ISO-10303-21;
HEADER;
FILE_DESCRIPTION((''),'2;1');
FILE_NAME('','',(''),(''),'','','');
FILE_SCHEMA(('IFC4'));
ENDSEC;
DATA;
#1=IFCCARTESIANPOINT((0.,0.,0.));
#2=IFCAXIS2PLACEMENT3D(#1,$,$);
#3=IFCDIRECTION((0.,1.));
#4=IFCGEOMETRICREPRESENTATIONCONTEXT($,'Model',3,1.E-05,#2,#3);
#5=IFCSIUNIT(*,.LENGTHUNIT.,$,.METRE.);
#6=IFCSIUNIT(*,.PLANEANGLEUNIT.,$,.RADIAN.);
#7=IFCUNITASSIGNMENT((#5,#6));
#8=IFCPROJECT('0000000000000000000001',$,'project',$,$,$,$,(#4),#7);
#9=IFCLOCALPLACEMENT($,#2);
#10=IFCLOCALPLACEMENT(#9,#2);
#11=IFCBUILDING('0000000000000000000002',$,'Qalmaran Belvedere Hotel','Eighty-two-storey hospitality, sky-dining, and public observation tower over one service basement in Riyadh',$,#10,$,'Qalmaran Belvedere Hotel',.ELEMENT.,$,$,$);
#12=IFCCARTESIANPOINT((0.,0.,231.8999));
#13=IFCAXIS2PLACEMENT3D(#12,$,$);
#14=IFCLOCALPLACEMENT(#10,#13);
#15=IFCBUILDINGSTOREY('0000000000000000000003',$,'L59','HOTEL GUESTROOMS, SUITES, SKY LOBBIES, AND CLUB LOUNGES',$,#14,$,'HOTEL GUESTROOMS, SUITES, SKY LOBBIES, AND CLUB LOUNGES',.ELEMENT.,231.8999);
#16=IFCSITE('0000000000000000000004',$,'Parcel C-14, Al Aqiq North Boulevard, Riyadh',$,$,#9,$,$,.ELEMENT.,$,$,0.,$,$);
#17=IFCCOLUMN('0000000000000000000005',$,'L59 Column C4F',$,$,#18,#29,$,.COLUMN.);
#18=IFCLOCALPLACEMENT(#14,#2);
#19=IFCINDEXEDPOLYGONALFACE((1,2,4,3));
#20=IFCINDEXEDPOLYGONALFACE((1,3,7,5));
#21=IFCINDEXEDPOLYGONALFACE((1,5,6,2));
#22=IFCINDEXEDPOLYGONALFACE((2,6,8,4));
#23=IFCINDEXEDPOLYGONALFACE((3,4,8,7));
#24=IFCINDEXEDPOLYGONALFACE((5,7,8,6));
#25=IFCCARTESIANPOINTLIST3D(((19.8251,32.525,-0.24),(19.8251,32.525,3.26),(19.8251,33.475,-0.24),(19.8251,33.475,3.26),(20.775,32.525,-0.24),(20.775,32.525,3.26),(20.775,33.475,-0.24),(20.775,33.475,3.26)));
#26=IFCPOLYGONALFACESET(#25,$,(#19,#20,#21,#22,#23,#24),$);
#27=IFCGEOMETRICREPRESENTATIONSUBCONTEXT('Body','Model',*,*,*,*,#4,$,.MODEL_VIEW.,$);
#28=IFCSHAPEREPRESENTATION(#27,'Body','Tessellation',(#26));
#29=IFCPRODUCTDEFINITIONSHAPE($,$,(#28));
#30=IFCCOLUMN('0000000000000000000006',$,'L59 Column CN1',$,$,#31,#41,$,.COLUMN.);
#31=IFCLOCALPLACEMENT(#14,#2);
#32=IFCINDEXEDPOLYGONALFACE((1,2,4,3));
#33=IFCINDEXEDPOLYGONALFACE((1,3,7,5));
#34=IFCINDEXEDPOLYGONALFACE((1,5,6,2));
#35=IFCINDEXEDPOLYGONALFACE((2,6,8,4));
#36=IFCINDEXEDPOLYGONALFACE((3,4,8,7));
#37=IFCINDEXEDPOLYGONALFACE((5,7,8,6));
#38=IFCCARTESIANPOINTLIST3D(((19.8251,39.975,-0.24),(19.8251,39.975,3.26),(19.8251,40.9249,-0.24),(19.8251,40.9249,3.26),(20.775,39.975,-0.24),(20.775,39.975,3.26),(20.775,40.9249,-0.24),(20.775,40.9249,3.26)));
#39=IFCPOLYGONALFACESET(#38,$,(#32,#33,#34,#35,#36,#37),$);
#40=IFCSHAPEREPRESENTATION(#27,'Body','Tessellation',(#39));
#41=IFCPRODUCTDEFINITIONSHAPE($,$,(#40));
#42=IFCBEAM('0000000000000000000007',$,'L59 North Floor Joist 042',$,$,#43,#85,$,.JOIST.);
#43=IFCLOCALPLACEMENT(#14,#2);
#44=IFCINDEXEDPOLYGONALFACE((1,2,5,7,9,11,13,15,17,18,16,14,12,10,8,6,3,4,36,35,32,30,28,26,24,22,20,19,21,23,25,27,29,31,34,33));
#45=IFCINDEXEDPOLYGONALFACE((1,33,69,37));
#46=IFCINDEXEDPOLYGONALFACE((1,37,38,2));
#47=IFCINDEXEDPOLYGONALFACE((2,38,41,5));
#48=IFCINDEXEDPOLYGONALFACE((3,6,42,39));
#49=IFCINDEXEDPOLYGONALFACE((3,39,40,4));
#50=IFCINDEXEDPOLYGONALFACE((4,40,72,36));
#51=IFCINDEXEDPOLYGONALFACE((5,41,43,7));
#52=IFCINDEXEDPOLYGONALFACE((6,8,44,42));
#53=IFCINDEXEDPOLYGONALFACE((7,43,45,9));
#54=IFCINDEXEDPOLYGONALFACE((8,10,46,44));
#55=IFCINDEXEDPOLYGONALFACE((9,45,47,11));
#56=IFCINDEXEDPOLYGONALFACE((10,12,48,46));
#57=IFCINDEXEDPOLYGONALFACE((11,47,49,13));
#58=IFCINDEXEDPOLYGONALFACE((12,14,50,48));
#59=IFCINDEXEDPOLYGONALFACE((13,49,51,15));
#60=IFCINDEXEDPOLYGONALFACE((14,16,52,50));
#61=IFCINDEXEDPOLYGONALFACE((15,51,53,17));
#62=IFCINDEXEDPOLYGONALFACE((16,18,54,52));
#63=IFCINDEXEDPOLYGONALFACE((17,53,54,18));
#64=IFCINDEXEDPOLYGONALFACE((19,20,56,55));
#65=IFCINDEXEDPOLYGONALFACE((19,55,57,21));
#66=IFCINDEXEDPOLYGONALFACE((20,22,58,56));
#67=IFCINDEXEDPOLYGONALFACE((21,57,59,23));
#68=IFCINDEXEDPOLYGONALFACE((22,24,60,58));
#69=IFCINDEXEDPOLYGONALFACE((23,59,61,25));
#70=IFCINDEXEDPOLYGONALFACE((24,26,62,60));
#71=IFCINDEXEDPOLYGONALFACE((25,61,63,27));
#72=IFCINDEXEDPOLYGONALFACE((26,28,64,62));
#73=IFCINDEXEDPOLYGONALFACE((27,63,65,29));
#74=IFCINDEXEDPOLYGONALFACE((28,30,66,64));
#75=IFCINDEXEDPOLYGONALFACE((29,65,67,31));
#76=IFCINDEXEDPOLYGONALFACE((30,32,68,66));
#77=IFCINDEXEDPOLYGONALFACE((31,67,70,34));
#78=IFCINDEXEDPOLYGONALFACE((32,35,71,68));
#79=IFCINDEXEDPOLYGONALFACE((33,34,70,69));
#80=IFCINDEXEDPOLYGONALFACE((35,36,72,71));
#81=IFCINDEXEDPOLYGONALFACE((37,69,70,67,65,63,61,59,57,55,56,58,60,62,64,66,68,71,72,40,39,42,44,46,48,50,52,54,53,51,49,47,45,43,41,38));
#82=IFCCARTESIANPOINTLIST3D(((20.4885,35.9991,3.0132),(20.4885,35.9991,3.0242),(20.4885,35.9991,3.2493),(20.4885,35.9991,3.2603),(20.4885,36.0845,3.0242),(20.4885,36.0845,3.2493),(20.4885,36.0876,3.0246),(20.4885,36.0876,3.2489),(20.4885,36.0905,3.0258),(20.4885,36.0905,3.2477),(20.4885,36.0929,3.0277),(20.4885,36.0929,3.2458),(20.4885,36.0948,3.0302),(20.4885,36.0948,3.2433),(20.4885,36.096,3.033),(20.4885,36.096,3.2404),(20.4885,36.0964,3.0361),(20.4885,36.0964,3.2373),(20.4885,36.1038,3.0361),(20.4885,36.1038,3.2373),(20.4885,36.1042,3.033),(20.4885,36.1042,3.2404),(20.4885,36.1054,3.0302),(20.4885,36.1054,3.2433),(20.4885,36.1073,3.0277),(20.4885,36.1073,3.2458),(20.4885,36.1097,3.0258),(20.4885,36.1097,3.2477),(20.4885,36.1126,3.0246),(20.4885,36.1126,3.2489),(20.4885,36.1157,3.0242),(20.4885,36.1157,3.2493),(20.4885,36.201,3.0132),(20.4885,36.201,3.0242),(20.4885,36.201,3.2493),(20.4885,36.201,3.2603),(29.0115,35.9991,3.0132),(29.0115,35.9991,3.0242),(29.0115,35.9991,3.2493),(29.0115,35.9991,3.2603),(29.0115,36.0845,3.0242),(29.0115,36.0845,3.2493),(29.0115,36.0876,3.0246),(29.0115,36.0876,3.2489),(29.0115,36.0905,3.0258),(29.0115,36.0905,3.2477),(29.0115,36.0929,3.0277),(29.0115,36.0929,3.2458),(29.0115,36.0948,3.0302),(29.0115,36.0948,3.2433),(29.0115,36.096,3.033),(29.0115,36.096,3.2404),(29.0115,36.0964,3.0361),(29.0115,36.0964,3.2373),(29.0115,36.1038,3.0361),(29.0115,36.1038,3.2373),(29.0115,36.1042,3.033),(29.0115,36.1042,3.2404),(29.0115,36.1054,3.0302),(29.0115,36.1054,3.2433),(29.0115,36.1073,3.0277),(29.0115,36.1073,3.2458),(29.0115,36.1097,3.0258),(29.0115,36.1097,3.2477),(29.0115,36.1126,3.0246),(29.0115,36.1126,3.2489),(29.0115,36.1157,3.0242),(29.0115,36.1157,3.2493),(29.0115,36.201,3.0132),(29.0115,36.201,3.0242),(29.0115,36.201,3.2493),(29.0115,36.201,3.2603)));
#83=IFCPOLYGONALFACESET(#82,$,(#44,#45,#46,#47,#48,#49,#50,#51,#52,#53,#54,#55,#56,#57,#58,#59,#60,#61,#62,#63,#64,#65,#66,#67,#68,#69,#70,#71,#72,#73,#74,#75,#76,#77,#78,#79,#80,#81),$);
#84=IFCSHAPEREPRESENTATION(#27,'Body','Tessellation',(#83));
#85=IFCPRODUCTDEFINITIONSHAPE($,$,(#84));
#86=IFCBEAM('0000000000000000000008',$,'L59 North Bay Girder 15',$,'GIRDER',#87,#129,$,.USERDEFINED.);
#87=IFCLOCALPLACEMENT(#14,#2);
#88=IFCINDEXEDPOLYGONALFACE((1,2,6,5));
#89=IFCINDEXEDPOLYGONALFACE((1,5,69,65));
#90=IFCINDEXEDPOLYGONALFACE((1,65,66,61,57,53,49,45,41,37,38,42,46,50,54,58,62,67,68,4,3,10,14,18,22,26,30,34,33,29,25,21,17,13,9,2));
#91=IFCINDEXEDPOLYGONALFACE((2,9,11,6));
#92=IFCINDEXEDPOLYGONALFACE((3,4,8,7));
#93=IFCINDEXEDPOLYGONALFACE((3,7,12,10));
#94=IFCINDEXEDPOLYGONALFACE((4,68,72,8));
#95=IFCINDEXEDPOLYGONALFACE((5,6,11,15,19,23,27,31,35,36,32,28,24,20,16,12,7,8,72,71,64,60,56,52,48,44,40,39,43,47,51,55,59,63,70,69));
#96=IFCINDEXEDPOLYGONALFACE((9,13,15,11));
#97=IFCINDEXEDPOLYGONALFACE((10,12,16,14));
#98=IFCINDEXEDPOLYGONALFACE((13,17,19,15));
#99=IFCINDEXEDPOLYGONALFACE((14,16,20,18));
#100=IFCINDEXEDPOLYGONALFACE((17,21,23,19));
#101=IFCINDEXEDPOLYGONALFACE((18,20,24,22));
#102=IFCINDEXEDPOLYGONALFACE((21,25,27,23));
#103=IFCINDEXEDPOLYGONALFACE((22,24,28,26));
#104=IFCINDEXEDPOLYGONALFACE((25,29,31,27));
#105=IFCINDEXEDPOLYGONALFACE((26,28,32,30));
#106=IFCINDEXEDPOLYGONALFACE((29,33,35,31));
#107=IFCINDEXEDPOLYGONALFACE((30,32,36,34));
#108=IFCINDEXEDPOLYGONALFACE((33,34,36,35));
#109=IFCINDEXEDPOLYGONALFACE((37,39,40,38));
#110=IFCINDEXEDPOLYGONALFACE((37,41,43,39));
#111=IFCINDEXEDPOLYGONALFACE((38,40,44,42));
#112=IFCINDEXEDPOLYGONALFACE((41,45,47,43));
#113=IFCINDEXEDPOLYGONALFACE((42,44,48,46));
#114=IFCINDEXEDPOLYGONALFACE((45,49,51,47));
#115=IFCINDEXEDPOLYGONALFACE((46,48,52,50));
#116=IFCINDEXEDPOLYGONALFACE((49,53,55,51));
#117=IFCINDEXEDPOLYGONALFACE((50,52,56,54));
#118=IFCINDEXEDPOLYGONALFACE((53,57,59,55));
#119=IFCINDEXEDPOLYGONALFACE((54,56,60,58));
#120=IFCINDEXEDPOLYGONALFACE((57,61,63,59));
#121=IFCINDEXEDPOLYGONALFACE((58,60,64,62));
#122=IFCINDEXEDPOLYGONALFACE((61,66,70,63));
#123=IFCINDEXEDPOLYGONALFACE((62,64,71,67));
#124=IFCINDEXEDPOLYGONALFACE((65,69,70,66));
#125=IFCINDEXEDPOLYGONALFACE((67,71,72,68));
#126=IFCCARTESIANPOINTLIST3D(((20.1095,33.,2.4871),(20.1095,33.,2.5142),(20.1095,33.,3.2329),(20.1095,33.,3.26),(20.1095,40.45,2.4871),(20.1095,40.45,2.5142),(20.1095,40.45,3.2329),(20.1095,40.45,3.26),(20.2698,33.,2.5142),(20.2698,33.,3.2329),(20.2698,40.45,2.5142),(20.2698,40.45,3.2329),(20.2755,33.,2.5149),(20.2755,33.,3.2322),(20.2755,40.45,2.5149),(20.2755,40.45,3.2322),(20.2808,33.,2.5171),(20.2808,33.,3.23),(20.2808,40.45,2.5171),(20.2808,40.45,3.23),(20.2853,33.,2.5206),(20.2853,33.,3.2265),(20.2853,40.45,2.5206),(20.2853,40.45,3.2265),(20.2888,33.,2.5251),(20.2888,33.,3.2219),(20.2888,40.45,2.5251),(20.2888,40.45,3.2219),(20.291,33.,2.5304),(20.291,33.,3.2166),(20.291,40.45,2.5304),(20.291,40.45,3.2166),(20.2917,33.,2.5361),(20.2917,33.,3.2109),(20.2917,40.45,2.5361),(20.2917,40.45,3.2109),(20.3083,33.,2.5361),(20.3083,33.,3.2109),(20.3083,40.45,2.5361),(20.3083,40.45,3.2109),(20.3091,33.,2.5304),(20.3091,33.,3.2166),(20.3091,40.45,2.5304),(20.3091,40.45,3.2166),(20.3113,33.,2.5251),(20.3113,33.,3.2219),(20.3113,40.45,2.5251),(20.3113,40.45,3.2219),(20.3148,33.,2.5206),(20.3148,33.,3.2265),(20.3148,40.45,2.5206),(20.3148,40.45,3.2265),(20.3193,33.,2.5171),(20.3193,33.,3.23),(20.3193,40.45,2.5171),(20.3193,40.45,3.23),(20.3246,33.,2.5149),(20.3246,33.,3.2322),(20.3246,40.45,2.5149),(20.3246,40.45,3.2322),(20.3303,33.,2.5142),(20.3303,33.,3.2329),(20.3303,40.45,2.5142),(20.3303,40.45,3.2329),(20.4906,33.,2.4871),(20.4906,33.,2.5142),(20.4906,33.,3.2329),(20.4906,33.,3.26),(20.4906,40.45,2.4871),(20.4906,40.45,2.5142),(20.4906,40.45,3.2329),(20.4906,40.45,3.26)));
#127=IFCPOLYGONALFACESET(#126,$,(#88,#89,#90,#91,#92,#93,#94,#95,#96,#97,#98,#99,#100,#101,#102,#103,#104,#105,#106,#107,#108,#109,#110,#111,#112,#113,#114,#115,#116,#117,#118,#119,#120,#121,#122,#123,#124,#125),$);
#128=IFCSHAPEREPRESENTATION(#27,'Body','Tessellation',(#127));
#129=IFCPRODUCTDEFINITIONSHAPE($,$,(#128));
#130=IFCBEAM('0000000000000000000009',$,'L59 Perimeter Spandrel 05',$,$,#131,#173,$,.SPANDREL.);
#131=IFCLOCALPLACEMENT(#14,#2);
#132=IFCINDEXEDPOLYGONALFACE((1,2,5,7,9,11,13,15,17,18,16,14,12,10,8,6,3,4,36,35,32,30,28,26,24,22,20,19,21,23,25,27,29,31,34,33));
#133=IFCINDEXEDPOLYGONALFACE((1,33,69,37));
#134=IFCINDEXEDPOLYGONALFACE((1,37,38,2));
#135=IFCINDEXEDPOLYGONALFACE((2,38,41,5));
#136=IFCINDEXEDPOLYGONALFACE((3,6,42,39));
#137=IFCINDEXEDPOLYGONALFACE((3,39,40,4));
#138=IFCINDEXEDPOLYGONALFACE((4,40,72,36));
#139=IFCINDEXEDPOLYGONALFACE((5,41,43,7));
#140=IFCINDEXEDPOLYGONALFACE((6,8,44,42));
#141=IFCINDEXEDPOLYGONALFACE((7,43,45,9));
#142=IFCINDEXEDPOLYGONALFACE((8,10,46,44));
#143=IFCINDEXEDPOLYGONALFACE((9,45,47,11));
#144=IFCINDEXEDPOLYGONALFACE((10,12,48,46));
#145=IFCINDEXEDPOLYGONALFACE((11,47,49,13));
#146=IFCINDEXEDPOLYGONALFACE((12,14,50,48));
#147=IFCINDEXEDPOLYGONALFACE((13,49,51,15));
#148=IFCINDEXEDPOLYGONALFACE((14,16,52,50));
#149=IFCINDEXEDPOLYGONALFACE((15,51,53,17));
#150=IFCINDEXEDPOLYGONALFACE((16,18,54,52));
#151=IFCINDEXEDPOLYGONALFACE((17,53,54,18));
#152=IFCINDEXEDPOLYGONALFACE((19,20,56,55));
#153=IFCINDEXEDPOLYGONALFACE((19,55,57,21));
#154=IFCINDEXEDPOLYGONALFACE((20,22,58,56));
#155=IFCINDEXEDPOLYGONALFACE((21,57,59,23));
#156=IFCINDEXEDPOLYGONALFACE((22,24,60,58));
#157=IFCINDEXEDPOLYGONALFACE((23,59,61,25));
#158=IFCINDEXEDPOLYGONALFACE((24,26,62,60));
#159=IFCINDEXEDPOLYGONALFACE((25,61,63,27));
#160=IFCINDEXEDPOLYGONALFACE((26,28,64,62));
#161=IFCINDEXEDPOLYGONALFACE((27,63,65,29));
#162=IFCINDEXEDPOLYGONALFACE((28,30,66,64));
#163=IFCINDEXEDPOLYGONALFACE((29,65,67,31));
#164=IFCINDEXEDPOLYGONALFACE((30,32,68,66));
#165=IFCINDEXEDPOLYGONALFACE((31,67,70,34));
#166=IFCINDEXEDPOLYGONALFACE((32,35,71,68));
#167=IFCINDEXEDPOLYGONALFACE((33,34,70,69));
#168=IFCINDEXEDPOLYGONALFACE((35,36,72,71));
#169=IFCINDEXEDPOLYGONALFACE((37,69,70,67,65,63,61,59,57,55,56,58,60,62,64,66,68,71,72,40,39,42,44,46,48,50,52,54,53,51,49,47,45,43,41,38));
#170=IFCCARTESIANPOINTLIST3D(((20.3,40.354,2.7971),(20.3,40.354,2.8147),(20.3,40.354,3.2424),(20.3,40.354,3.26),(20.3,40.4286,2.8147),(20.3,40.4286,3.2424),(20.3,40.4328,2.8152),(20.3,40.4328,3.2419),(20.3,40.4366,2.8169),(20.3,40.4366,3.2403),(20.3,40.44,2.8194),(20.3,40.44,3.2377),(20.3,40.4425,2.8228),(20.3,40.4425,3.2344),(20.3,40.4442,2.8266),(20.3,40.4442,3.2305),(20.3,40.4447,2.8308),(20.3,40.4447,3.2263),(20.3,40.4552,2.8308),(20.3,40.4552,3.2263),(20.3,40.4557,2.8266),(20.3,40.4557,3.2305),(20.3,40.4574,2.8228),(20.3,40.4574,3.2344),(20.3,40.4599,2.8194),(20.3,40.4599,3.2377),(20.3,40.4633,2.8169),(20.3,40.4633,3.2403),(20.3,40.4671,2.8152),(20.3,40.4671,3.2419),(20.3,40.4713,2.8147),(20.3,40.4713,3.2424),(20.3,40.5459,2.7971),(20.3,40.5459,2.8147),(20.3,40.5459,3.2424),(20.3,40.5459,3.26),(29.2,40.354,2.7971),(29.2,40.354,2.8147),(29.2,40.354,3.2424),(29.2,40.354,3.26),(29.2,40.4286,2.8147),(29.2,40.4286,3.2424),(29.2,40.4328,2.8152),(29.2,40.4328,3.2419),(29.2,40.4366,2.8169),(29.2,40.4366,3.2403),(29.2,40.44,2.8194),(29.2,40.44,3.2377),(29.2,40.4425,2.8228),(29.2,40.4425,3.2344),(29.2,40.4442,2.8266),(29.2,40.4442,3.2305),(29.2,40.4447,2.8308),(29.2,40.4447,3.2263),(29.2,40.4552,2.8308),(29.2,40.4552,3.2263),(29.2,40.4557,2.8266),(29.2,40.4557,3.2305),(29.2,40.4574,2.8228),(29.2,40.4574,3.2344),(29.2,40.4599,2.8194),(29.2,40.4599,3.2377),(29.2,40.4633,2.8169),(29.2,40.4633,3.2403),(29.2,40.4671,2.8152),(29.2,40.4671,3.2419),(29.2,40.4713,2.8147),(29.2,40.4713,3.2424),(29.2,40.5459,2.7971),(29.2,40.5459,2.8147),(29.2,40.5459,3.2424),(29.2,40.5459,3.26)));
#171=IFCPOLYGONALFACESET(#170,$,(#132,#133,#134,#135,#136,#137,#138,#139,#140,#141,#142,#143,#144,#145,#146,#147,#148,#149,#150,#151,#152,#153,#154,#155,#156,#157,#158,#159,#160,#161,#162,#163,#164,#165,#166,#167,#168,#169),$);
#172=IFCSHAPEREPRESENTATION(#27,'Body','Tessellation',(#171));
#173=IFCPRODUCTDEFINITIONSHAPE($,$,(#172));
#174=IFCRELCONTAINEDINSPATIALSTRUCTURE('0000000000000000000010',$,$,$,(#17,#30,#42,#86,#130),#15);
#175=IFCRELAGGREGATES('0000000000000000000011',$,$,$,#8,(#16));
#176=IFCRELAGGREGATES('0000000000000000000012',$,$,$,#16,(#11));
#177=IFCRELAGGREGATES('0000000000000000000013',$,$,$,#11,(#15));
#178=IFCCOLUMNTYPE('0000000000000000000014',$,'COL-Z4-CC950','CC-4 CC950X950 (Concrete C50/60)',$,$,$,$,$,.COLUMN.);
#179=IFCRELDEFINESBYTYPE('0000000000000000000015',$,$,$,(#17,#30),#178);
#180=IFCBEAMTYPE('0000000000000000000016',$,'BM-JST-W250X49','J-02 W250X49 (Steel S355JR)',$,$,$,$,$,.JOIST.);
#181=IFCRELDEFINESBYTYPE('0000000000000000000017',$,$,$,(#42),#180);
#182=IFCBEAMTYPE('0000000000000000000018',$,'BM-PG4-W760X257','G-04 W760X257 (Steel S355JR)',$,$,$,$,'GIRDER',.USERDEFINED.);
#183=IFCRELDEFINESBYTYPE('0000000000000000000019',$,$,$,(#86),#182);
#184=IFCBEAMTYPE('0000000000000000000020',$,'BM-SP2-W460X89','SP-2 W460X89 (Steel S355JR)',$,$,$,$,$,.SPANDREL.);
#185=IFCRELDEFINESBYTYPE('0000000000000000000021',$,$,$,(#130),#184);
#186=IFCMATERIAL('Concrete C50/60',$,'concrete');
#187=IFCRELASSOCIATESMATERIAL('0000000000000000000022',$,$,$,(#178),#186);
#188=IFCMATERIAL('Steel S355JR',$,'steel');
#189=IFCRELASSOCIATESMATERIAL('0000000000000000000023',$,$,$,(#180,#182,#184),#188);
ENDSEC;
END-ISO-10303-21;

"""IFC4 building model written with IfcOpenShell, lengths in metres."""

from ifc_helpers import new_model, si_unit, direction, frame, origin, origin_2d, place, context, subcontext, project, spatial, rectangle, i_section, extrude, material, material_profile, profile_set, type_object, element, save


model = new_model("IFC4")

# Units and contexts
model_context = context("Model", 3, precision=1e-05, world=origin(), true_north=direction((0.0, 1.0)))
body_context = subcontext(model_context, "Body", "Model", "MODEL_VIEW")
ifc_project = project(units=[si_unit("LENGTHUNIT", "METRE"), si_unit("PLANEANGLEUNIT", "RADIAN")], contexts=[model_context])

# Site, building, storey
site_placement = place(None, origin())
site = spatial("IfcSite", under=ifc_project, at=site_placement, Name="Parcel C-14, Al Aqiq North Boulevard, Riyadh", CompositionType="ELEMENT", RefElevation=0.0)
building_placement = place(site_placement, origin())
building = spatial("IfcBuilding", under=site, at=building_placement, Name="Qalmaran Belvedere Hotel", Description="Eighty-two-storey hospitality, sky-dining, and public observation tower over one service basement in Riyadh", LongName="Qalmaran Belvedere Hotel", CompositionType="ELEMENT")
storey_placement = place(building_placement, frame((0.0, 0.0, 231.8999)))
storey = spatial("IfcBuildingStorey", under=building, at=storey_placement, Name="L59", Description="HOTEL GUESTROOMS, SUITES, SKY LOBBIES, AND CLUB LOUNGES", LongName="HOTEL GUESTROOMS, SUITES, SKY LOBBIES, AND CLUB LOUNGES", CompositionType="ELEMENT", Elevation=231.8999)

# Columns
ifc_material_1 = material(Name="Concrete C50/60", Category="concrete")
ifc_material_profile_1 = material_profile(ifc_material_1, rectangle(XDim=0.95, YDim=0.95, at=origin_2d()), Name="CC950X950")
ifc_profile_set_1 = profile_set([ifc_material_profile_1], Name="Concrete C50/60")
column_type = type_object("IfcColumnType", Name="COL-Z4-CC950", Description="CC-4 CC950X950 (Concrete C50/60)", PredefinedType="COLUMN", material=ifc_profile_set_1)
for number, where, z_axis, x_axis, name in (
    (1, (20.3, 33.0, -0.24), (0.0, 0.0, 1.0), (1.0, 0.0, 0.0), "L59 Column C4F"),
    (2, (20.3, 40.45, -0.24), (0.0, 0.0, 1.0), (1.0, 0.0, 0.0), "L59 Column CN1"),
):
    element("IfcColumn", number, at=place(storey_placement, frame(where, z_axis=z_axis, x_axis=x_axis)), inside=storey, type_object=column_type, Name=name, PredefinedType="COLUMN", context=body_context, shape_type="SweptSolid", body=[
        extrude(rectangle(XDim=0.95, YDim=0.95, at=origin_2d()), origin(), (0.0, 0.0, 1.0), 3.5),
    ])

# Beams
ifc_material_2 = material(Name="Steel S355JR", Category="steel")
ifc_material_profile_2 = material_profile(ifc_material_2, i_section(OverallWidth=0.2019, OverallDepth=0.2471, WebThickness=0.0073, FlangeThickness=0.011, FilletRadius=0.012, at=origin_2d()), Name="W250X49")
ifc_profile_set_2 = profile_set([ifc_material_profile_2], Name="Steel S355JR")
beam_type_1 = type_object("IfcBeamType", Name="BM-JST-W250X49", Description="J-02 W250X49 (Steel S355JR)", PredefinedType="JOIST", material=ifc_profile_set_2)
beam_1_placement = place(storey_placement, frame((20.4885, 36.1001, 3.1367), z_axis=(1.0, 0.0, 0.0), x_axis=(0.0, 1.0, 0.0)))
element("IfcBeam", 3, at=beam_1_placement, inside=storey, type_object=beam_type_1, Name="L59 North Floor Joist 042", PredefinedType="JOIST", context=body_context, shape_type="SweptSolid", body=[
    extrude(i_section(OverallWidth=0.2019, OverallDepth=0.2471, WebThickness=0.0073, FlangeThickness=0.011, FilletRadius=0.012, at=origin_2d()), origin(), (0.0, 0.0, 1.0), 8.5229),
])
ifc_material_profile_3 = material_profile(ifc_material_2, i_section(OverallWidth=0.3811, OverallDepth=0.7729, WebThickness=0.0166, FlangeThickness=0.0271, FilletRadius=0.022, at=origin_2d()), Name="W760X257")
ifc_profile_set_3 = profile_set([ifc_material_profile_3], Name="Steel S355JR")
beam_type_2 = type_object("IfcBeamType", Name="BM-PG4-W760X257", Description="G-04 W760X257 (Steel S355JR)", ElementType="GIRDER", PredefinedType="USERDEFINED", material=ifc_profile_set_3)
beam_2_placement = place(storey_placement, frame((20.3, 33.0, 2.8735), z_axis=(0.0, 1.0, 0.0), x_axis=(-1.0, 0.0, 0.0)))
element("IfcBeam", 4, at=beam_2_placement, inside=storey, type_object=beam_type_2, Name="L59 North Bay Girder 15", ObjectType="GIRDER", PredefinedType="USERDEFINED", context=body_context, shape_type="SweptSolid", body=[
    extrude(i_section(OverallWidth=0.3811, OverallDepth=0.7729, WebThickness=0.0166, FlangeThickness=0.0271, FilletRadius=0.022, at=origin_2d()), origin(), (0.0, 0.0, 1.0), 7.45),
])
ifc_material_profile_4 = material_profile(ifc_material_2, i_section(OverallWidth=0.1919, OverallDepth=0.4629, WebThickness=0.0105, FlangeThickness=0.0176, FilletRadius=0.0161, at=origin_2d()), Name="W460X89")
ifc_profile_set_4 = profile_set([ifc_material_profile_4], Name="Steel S355JR")
beam_type_3 = type_object("IfcBeamType", Name="BM-SP2-W460X89", Description="SP-2 W460X89 (Steel S355JR)", PredefinedType="SPANDREL", material=ifc_profile_set_4)
beam_3_placement = place(storey_placement, frame((20.3, 40.45, 3.0286), z_axis=(1.0, 0.0, 0.0), x_axis=(0.0, 1.0, 0.0)))
element("IfcBeam", 5, at=beam_3_placement, inside=storey, type_object=beam_type_3, Name="L59 Perimeter Spandrel 05", PredefinedType="SPANDREL", context=body_context, shape_type="SweptSolid", body=[
    extrude(i_section(OverallWidth=0.1919, OverallDepth=0.4629, WebThickness=0.0105, FlangeThickness=0.0176, FilletRadius=0.0161, at=origin_2d()), origin(), (0.0, 0.0, 1.0), 8.8999),
])

save(model, "model.ifc")
